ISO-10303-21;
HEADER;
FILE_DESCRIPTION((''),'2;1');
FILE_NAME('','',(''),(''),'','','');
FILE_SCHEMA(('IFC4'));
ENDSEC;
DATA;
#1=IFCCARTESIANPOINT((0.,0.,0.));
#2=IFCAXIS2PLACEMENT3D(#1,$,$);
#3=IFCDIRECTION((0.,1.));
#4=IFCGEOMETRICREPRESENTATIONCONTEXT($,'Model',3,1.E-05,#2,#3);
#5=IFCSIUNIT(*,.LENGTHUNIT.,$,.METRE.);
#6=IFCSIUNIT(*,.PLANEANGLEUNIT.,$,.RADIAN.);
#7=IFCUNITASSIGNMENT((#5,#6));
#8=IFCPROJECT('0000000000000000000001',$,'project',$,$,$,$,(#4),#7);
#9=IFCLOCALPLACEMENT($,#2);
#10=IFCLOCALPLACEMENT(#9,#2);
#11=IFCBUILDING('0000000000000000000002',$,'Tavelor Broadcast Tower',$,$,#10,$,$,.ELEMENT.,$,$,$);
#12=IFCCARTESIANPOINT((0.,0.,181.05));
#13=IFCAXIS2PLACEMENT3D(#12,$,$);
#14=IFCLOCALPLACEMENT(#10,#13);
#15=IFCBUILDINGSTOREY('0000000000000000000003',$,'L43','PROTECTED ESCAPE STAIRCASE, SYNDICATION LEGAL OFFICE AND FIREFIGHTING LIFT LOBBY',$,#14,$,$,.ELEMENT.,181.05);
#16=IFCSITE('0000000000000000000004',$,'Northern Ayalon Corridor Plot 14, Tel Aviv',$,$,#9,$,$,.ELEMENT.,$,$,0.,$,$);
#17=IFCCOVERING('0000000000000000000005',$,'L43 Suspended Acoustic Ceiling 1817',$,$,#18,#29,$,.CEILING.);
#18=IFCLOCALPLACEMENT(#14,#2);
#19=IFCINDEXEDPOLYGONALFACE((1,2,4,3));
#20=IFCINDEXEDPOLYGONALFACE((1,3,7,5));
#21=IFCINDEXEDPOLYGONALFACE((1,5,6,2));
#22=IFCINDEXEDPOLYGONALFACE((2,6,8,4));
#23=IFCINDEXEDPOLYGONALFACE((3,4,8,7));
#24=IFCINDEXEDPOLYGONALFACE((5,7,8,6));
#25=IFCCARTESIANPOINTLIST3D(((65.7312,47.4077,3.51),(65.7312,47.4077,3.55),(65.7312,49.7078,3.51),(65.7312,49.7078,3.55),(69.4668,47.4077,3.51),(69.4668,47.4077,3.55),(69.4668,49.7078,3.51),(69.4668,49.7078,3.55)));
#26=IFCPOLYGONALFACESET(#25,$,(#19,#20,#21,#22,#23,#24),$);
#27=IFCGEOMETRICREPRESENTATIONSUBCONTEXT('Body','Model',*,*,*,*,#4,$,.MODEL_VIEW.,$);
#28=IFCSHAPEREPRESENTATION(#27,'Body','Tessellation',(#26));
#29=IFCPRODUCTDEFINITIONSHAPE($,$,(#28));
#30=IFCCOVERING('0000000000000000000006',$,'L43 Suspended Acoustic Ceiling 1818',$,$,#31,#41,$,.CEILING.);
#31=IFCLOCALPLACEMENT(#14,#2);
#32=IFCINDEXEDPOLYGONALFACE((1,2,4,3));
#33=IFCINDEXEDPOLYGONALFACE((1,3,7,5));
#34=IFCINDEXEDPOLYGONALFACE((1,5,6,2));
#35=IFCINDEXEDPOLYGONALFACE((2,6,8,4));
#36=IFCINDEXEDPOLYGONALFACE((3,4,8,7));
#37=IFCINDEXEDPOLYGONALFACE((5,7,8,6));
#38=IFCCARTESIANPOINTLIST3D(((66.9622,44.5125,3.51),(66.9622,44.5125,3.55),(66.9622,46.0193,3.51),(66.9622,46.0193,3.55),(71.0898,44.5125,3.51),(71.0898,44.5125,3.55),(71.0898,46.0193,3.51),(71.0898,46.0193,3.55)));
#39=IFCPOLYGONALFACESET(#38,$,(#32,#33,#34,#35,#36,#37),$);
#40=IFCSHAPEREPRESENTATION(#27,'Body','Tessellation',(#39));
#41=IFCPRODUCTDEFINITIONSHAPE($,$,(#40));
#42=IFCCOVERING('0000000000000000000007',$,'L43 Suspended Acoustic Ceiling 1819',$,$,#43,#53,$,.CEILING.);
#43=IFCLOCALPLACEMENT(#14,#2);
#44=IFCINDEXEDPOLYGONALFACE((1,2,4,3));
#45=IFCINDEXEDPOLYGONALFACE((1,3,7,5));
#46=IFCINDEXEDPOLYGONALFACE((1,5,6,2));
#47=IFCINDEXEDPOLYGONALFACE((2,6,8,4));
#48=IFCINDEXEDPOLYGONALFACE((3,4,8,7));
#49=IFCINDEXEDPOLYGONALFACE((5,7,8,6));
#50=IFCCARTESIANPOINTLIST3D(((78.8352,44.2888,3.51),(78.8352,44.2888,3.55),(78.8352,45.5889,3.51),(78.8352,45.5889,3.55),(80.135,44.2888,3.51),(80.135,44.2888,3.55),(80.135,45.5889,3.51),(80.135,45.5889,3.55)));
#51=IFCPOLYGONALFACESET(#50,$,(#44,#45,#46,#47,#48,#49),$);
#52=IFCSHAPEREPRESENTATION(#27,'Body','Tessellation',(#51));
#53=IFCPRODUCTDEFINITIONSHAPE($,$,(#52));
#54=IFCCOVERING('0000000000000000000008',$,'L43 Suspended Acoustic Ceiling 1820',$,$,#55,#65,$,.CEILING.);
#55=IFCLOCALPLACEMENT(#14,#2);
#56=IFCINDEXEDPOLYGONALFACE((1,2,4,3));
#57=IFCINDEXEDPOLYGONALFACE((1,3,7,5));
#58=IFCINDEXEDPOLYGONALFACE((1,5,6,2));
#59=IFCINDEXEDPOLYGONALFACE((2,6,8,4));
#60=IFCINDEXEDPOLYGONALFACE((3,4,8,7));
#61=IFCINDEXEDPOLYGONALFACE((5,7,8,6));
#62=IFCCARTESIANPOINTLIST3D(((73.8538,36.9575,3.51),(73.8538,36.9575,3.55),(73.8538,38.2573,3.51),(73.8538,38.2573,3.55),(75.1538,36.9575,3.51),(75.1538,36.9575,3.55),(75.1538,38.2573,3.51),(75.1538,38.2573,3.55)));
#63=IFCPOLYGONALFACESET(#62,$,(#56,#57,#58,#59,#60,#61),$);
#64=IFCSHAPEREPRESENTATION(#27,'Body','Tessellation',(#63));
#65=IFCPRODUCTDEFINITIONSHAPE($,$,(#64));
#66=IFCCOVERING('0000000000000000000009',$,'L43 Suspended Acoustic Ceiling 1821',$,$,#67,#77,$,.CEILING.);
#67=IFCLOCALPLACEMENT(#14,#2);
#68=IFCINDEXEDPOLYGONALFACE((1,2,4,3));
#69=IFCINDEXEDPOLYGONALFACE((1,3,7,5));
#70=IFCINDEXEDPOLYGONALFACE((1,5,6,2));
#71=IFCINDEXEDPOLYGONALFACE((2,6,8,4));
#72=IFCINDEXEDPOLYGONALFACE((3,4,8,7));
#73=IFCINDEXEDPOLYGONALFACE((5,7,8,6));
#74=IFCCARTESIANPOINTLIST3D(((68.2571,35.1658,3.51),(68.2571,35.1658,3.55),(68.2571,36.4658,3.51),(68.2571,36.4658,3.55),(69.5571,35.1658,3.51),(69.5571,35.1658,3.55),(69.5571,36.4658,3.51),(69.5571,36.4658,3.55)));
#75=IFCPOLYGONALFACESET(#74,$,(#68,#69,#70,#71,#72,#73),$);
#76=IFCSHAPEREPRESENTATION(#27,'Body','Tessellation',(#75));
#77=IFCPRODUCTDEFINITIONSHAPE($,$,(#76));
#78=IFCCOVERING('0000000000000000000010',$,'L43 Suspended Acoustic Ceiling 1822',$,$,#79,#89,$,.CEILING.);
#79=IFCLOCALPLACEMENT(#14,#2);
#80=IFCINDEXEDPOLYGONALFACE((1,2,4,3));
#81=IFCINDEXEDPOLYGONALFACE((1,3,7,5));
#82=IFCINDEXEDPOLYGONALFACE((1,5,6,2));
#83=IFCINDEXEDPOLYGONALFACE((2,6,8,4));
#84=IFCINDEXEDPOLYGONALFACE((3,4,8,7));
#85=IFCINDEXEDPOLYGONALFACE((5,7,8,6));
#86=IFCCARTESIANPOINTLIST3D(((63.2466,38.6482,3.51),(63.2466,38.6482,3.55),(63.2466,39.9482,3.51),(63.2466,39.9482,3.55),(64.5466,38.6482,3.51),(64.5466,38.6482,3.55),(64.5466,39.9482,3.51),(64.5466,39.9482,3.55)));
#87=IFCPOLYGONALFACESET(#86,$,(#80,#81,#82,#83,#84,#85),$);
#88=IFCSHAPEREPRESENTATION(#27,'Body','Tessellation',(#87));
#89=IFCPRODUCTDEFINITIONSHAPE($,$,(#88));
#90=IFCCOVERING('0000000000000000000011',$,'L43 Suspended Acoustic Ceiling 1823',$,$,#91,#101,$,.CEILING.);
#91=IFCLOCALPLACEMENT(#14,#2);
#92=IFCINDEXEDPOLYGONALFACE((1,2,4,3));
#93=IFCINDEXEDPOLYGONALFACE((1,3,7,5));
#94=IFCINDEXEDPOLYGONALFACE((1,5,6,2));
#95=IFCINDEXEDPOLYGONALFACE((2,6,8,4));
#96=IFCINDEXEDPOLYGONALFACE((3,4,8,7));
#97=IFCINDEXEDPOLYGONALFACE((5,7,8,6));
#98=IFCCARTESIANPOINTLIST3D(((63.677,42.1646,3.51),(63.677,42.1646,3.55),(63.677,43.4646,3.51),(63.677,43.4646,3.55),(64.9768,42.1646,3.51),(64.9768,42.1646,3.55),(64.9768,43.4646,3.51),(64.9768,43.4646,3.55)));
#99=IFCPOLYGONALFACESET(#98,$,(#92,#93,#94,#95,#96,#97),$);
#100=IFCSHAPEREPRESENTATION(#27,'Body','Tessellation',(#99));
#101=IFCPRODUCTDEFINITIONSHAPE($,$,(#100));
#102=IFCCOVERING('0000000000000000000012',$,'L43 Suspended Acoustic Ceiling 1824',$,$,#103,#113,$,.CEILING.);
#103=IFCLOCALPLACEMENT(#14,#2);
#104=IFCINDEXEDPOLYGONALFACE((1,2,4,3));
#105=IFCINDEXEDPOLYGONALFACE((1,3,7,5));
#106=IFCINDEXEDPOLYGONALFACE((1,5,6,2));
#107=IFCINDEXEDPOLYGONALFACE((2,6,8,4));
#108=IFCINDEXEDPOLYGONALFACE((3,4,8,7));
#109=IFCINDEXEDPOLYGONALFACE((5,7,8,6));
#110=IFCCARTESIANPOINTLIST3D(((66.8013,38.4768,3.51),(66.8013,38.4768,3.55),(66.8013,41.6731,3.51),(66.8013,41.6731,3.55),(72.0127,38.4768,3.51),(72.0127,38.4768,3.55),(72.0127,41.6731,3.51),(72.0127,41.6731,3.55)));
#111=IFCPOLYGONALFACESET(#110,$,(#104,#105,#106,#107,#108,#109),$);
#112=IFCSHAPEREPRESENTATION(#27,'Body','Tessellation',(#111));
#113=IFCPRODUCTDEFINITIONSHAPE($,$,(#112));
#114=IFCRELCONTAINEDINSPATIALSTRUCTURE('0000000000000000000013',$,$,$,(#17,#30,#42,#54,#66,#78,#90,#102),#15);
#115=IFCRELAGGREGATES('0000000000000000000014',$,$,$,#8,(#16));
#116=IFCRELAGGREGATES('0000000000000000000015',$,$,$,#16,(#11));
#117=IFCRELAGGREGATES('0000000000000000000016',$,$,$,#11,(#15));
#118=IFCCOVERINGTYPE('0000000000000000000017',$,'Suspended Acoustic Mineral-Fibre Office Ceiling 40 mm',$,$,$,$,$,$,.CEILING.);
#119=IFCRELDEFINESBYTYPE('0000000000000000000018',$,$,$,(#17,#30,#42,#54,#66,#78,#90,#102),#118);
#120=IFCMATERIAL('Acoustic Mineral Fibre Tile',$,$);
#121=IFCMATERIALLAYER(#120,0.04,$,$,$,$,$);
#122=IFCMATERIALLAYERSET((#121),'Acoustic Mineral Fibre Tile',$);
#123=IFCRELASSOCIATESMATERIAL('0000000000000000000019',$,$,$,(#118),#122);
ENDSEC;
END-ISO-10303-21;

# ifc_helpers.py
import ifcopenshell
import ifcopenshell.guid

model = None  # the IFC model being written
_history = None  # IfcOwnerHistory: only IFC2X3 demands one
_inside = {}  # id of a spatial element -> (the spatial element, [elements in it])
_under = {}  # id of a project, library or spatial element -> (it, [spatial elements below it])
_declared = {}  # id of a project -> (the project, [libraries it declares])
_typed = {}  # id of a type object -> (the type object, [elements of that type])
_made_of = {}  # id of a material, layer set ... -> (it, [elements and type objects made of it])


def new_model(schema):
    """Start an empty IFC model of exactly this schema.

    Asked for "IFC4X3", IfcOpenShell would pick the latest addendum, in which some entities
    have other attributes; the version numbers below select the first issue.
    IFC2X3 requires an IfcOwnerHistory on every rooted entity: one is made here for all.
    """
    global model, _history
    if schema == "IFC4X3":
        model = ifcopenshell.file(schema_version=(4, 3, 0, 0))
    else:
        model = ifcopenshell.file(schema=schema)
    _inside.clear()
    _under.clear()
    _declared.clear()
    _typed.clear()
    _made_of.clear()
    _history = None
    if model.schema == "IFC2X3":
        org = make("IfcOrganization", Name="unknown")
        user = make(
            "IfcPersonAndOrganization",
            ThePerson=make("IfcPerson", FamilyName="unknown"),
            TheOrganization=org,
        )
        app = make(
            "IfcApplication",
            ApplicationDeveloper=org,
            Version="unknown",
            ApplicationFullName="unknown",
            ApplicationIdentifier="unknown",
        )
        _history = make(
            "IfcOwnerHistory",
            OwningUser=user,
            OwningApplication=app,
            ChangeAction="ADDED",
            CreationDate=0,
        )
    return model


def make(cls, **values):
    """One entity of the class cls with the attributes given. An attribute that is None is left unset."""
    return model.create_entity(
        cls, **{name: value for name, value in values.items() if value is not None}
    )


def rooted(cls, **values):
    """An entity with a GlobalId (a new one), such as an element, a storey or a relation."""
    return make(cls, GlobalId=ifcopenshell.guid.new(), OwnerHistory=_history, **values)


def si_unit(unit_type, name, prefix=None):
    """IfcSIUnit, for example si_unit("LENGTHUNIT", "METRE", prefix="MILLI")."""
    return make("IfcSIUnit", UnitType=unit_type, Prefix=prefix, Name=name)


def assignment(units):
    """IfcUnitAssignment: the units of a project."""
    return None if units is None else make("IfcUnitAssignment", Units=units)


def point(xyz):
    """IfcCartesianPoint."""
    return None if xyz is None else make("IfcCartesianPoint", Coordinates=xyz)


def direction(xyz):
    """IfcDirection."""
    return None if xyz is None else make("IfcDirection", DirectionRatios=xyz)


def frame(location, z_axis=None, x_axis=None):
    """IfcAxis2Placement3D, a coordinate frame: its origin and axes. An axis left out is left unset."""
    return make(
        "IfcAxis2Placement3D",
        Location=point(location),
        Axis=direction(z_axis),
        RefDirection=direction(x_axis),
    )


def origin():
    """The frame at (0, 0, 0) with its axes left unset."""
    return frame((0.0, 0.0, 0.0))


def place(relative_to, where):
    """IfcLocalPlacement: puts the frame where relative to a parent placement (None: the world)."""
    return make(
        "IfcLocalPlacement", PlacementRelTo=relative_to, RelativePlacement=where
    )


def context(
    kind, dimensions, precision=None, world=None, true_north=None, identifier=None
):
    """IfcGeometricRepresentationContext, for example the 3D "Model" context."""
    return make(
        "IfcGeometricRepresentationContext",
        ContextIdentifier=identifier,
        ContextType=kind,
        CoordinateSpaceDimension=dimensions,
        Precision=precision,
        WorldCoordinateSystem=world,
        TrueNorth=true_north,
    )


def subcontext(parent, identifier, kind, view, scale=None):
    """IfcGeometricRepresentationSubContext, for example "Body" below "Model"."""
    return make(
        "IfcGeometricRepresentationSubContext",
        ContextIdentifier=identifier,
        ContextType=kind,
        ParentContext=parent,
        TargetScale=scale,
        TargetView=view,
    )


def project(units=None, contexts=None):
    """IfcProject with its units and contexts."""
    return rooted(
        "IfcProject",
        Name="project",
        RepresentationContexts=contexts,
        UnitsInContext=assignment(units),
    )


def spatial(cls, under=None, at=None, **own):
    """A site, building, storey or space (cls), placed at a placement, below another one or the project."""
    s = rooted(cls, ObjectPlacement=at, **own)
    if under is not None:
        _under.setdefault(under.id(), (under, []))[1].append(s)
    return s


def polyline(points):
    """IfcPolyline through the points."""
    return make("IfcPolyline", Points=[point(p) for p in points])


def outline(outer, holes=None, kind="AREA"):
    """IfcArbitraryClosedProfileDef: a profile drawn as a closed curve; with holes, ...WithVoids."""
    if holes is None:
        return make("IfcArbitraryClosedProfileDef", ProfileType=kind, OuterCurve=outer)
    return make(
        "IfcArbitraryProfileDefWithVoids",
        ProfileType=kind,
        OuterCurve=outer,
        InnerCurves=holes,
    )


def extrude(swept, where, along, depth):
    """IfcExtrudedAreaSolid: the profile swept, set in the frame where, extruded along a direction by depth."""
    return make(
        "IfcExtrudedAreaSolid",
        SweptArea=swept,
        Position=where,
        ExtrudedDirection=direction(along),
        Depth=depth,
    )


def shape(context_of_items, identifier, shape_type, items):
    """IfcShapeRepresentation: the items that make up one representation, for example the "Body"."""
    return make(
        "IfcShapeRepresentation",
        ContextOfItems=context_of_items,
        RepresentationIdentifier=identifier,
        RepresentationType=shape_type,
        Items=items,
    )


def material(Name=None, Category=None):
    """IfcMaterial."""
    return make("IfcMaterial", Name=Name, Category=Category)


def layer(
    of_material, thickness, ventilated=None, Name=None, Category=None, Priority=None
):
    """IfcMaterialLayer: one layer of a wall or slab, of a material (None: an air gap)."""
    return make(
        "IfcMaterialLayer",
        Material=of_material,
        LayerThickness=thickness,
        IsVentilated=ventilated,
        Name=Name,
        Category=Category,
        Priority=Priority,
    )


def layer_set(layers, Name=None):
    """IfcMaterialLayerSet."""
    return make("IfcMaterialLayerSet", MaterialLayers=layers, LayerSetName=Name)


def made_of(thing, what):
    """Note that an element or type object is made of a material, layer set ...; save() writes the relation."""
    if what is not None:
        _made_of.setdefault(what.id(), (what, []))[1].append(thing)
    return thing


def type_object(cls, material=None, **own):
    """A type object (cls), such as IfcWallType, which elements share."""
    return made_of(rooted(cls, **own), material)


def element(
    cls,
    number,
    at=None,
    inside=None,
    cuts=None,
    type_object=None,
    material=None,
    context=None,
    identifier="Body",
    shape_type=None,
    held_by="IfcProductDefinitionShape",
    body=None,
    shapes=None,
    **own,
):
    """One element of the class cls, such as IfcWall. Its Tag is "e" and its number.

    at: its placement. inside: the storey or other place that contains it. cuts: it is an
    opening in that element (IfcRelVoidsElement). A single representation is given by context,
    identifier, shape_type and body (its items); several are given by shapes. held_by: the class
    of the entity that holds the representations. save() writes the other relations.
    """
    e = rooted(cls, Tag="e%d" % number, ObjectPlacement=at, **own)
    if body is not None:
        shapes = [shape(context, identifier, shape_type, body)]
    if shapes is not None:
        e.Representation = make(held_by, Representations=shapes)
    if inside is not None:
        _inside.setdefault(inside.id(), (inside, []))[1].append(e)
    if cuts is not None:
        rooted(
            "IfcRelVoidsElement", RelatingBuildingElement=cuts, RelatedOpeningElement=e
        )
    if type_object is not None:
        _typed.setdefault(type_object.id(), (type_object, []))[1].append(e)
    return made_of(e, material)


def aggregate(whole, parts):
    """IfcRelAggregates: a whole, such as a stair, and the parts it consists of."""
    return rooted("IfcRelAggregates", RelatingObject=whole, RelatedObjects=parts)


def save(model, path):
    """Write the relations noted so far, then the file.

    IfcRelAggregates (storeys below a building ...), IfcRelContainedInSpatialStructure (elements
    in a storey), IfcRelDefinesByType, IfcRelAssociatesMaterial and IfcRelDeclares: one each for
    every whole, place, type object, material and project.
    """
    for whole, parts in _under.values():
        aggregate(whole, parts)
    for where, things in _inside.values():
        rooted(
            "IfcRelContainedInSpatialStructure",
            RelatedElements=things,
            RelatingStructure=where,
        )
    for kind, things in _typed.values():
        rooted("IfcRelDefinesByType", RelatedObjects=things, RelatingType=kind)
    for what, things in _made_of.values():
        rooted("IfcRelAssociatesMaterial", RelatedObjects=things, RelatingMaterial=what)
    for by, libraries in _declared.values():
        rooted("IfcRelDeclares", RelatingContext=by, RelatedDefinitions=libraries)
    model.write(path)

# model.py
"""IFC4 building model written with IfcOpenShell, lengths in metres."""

from ifc_helpers import new_model, si_unit, direction, frame, origin, place, context, subcontext, project, spatial, polyline, outline, extrude, material, layer, layer_set, type_object, element, save


model = new_model("IFC4")

# Units and contexts
model_context = context("Model", 3, precision=1e-05, world=origin(), true_north=direction((0.0, 1.0)))
body_context = subcontext(model_context, "Body", "Model", "MODEL_VIEW")
ifc_project = project(units=[si_unit("LENGTHUNIT", "METRE"), si_unit("PLANEANGLEUNIT", "RADIAN")], contexts=[model_context])

# Site, building, storey
site_placement = place(None, origin())
site = spatial("IfcSite", under=ifc_project, at=site_placement, Name="Northern Ayalon Corridor Plot 14, Tel Aviv", CompositionType="ELEMENT", RefElevation=0.0)
building_placement = place(site_placement, origin())
building = spatial("IfcBuilding", under=site, at=building_placement, Name="Tavelor Broadcast Tower", CompositionType="ELEMENT")
storey_placement = place(building_placement, frame((0.0, 0.0, 181.05)))
storey = spatial("IfcBuildingStorey", under=building, at=storey_placement, Name="L43", Description="PROTECTED ESCAPE STAIRCASE, SYNDICATION LEGAL OFFICE AND FIREFIGHTING LIFT LOBBY", CompositionType="ELEMENT", Elevation=181.05)

# Coverings
ifc_material_1 = material(Name="Acoustic Mineral Fibre Tile")
ifc_layer_1 = layer(ifc_material_1, 0.04)
ifc_layer_set_1 = layer_set([ifc_layer_1], Name="Acoustic Mineral Fibre Tile")
covering_type_1 = type_object("IfcCoveringType", Name="Suspended Acoustic Mineral-Fibre Office Ceiling 40 mm", PredefinedType="CEILING", material=ifc_layer_set_1)
covering_1_placement = place(storey_placement, frame((0.0, 0.0, 3.51)))
element("IfcCovering", 1, at=covering_1_placement, inside=storey, type_object=covering_type_1, Name="L43 Suspended Acoustic Ceiling 1817", PredefinedType="CEILING", context=body_context, shape_type="SweptSolid", body=[
    extrude(outline(polyline([(65.7312, 47.4077), (69.4668, 47.4077), (69.4668, 49.7078), (65.7312, 49.7078), (65.7312, 47.4077)])), origin(), (0.0, 0.0, 1.0), 0.04),
])
covering_2_placement = place(storey_placement, frame((0.0, 0.0, 3.51)))
element("IfcCovering", 2, at=covering_2_placement, inside=storey, type_object=covering_type_1, Name="L43 Suspended Acoustic Ceiling 1818", PredefinedType="CEILING", context=body_context, shape_type="SweptSolid", body=[
    extrude(outline(polyline([(66.9622, 44.5125), (71.0898, 44.5125), (71.0898, 46.0193), (66.9622, 46.0193), (66.9622, 44.5125)])), origin(), (0.0, 0.0, 1.0), 0.04),
])
covering_3_placement = place(storey_placement, frame((0.0, 0.0, 3.51)))
element("IfcCovering", 3, at=covering_3_placement, inside=storey, type_object=covering_type_1, Name="L43 Suspended Acoustic Ceiling 1819", PredefinedType="CEILING", context=body_context, shape_type="SweptSolid", body=[
    extrude(outline(polyline([(78.8352, 44.2888), (80.135, 44.2888), (80.135, 45.5889), (78.8352, 45.5889), (78.8352, 44.2888)])), origin(), (0.0, 0.0, 1.0), 0.04),
])
covering_4_placement = place(storey_placement, frame((0.0, 0.0, 3.51)))
element("IfcCovering", 4, at=covering_4_placement, inside=storey, type_object=covering_type_1, Name="L43 Suspended Acoustic Ceiling 1820", PredefinedType="CEILING", context=body_context, shape_type="SweptSolid", body=[
    extrude(outline(polyline([(73.8538, 36.9575), (75.1538, 36.9575), (75.1538, 38.2573), (73.8538, 38.2573), (73.8538, 36.9575)])), origin(), (0.0, 0.0, 1.0), 0.04),
])
covering_5_placement = place(storey_placement, frame((0.0, 0.0, 3.51)))
element("IfcCovering", 5, at=covering_5_placement, inside=storey, type_object=covering_type_1, Name="L43 Suspended Acoustic Ceiling 1821", PredefinedType="CEILING", context=body_context, shape_type="SweptSolid", body=[
    extrude(outline(polyline([(68.2571, 35.1658), (69.5571, 35.1658), (69.5571, 36.4658), (68.2571, 36.4658), (68.2571, 35.1658)])), origin(), (0.0, 0.0, 1.0), 0.04),
])
covering_6_placement = place(storey_placement, frame((0.0, 0.0, 3.51)))
element("IfcCovering", 6, at=covering_6_placement, inside=storey, type_object=covering_type_1, Name="L43 Suspended Acoustic Ceiling 1822", PredefinedType="CEILING", context=body_context, shape_type="SweptSolid", body=[
    extrude(outline(polyline([(63.2466, 38.6482), (64.5466, 38.6482), (64.5466, 39.9482), (63.2466, 39.9482), (63.2466, 38.6482)])), origin(), (0.0, 0.0, 1.0), 0.04),
])
covering_7_placement = place(storey_placement, frame((0.0, 0.0, 3.51)))
element("IfcCovering", 7, at=covering_7_placement, inside=storey, type_object=covering_type_1, Name="L43 Suspended Acoustic Ceiling 1823", PredefinedType="CEILING", context=body_context, shape_type="SweptSolid", body=[
    extrude(outline(polyline([(63.677, 42.1646), (64.9768, 42.1646), (64.9768, 43.4646), (63.677, 43.4646), (63.677, 42.1646)])), origin(), (0.0, 0.0, 1.0), 0.04),
])
covering_8_placement = place(storey_placement, frame((0.0, 0.0, 3.51)))
element("IfcCovering", 8, at=covering_8_placement, inside=storey, type_object=covering_type_1, Name="L43 Suspended Acoustic Ceiling 1824", PredefinedType="CEILING", context=body_context, shape_type="SweptSolid", body=[
    extrude(outline(polyline([(66.8013, 38.4768), (72.0127, 38.4768), (72.0127, 41.6731), (66.8013, 41.6731), (66.8013, 38.4768)])), origin(), (0.0, 0.0, 1.0), 0.04),
])

save(model, "model.ifc")
